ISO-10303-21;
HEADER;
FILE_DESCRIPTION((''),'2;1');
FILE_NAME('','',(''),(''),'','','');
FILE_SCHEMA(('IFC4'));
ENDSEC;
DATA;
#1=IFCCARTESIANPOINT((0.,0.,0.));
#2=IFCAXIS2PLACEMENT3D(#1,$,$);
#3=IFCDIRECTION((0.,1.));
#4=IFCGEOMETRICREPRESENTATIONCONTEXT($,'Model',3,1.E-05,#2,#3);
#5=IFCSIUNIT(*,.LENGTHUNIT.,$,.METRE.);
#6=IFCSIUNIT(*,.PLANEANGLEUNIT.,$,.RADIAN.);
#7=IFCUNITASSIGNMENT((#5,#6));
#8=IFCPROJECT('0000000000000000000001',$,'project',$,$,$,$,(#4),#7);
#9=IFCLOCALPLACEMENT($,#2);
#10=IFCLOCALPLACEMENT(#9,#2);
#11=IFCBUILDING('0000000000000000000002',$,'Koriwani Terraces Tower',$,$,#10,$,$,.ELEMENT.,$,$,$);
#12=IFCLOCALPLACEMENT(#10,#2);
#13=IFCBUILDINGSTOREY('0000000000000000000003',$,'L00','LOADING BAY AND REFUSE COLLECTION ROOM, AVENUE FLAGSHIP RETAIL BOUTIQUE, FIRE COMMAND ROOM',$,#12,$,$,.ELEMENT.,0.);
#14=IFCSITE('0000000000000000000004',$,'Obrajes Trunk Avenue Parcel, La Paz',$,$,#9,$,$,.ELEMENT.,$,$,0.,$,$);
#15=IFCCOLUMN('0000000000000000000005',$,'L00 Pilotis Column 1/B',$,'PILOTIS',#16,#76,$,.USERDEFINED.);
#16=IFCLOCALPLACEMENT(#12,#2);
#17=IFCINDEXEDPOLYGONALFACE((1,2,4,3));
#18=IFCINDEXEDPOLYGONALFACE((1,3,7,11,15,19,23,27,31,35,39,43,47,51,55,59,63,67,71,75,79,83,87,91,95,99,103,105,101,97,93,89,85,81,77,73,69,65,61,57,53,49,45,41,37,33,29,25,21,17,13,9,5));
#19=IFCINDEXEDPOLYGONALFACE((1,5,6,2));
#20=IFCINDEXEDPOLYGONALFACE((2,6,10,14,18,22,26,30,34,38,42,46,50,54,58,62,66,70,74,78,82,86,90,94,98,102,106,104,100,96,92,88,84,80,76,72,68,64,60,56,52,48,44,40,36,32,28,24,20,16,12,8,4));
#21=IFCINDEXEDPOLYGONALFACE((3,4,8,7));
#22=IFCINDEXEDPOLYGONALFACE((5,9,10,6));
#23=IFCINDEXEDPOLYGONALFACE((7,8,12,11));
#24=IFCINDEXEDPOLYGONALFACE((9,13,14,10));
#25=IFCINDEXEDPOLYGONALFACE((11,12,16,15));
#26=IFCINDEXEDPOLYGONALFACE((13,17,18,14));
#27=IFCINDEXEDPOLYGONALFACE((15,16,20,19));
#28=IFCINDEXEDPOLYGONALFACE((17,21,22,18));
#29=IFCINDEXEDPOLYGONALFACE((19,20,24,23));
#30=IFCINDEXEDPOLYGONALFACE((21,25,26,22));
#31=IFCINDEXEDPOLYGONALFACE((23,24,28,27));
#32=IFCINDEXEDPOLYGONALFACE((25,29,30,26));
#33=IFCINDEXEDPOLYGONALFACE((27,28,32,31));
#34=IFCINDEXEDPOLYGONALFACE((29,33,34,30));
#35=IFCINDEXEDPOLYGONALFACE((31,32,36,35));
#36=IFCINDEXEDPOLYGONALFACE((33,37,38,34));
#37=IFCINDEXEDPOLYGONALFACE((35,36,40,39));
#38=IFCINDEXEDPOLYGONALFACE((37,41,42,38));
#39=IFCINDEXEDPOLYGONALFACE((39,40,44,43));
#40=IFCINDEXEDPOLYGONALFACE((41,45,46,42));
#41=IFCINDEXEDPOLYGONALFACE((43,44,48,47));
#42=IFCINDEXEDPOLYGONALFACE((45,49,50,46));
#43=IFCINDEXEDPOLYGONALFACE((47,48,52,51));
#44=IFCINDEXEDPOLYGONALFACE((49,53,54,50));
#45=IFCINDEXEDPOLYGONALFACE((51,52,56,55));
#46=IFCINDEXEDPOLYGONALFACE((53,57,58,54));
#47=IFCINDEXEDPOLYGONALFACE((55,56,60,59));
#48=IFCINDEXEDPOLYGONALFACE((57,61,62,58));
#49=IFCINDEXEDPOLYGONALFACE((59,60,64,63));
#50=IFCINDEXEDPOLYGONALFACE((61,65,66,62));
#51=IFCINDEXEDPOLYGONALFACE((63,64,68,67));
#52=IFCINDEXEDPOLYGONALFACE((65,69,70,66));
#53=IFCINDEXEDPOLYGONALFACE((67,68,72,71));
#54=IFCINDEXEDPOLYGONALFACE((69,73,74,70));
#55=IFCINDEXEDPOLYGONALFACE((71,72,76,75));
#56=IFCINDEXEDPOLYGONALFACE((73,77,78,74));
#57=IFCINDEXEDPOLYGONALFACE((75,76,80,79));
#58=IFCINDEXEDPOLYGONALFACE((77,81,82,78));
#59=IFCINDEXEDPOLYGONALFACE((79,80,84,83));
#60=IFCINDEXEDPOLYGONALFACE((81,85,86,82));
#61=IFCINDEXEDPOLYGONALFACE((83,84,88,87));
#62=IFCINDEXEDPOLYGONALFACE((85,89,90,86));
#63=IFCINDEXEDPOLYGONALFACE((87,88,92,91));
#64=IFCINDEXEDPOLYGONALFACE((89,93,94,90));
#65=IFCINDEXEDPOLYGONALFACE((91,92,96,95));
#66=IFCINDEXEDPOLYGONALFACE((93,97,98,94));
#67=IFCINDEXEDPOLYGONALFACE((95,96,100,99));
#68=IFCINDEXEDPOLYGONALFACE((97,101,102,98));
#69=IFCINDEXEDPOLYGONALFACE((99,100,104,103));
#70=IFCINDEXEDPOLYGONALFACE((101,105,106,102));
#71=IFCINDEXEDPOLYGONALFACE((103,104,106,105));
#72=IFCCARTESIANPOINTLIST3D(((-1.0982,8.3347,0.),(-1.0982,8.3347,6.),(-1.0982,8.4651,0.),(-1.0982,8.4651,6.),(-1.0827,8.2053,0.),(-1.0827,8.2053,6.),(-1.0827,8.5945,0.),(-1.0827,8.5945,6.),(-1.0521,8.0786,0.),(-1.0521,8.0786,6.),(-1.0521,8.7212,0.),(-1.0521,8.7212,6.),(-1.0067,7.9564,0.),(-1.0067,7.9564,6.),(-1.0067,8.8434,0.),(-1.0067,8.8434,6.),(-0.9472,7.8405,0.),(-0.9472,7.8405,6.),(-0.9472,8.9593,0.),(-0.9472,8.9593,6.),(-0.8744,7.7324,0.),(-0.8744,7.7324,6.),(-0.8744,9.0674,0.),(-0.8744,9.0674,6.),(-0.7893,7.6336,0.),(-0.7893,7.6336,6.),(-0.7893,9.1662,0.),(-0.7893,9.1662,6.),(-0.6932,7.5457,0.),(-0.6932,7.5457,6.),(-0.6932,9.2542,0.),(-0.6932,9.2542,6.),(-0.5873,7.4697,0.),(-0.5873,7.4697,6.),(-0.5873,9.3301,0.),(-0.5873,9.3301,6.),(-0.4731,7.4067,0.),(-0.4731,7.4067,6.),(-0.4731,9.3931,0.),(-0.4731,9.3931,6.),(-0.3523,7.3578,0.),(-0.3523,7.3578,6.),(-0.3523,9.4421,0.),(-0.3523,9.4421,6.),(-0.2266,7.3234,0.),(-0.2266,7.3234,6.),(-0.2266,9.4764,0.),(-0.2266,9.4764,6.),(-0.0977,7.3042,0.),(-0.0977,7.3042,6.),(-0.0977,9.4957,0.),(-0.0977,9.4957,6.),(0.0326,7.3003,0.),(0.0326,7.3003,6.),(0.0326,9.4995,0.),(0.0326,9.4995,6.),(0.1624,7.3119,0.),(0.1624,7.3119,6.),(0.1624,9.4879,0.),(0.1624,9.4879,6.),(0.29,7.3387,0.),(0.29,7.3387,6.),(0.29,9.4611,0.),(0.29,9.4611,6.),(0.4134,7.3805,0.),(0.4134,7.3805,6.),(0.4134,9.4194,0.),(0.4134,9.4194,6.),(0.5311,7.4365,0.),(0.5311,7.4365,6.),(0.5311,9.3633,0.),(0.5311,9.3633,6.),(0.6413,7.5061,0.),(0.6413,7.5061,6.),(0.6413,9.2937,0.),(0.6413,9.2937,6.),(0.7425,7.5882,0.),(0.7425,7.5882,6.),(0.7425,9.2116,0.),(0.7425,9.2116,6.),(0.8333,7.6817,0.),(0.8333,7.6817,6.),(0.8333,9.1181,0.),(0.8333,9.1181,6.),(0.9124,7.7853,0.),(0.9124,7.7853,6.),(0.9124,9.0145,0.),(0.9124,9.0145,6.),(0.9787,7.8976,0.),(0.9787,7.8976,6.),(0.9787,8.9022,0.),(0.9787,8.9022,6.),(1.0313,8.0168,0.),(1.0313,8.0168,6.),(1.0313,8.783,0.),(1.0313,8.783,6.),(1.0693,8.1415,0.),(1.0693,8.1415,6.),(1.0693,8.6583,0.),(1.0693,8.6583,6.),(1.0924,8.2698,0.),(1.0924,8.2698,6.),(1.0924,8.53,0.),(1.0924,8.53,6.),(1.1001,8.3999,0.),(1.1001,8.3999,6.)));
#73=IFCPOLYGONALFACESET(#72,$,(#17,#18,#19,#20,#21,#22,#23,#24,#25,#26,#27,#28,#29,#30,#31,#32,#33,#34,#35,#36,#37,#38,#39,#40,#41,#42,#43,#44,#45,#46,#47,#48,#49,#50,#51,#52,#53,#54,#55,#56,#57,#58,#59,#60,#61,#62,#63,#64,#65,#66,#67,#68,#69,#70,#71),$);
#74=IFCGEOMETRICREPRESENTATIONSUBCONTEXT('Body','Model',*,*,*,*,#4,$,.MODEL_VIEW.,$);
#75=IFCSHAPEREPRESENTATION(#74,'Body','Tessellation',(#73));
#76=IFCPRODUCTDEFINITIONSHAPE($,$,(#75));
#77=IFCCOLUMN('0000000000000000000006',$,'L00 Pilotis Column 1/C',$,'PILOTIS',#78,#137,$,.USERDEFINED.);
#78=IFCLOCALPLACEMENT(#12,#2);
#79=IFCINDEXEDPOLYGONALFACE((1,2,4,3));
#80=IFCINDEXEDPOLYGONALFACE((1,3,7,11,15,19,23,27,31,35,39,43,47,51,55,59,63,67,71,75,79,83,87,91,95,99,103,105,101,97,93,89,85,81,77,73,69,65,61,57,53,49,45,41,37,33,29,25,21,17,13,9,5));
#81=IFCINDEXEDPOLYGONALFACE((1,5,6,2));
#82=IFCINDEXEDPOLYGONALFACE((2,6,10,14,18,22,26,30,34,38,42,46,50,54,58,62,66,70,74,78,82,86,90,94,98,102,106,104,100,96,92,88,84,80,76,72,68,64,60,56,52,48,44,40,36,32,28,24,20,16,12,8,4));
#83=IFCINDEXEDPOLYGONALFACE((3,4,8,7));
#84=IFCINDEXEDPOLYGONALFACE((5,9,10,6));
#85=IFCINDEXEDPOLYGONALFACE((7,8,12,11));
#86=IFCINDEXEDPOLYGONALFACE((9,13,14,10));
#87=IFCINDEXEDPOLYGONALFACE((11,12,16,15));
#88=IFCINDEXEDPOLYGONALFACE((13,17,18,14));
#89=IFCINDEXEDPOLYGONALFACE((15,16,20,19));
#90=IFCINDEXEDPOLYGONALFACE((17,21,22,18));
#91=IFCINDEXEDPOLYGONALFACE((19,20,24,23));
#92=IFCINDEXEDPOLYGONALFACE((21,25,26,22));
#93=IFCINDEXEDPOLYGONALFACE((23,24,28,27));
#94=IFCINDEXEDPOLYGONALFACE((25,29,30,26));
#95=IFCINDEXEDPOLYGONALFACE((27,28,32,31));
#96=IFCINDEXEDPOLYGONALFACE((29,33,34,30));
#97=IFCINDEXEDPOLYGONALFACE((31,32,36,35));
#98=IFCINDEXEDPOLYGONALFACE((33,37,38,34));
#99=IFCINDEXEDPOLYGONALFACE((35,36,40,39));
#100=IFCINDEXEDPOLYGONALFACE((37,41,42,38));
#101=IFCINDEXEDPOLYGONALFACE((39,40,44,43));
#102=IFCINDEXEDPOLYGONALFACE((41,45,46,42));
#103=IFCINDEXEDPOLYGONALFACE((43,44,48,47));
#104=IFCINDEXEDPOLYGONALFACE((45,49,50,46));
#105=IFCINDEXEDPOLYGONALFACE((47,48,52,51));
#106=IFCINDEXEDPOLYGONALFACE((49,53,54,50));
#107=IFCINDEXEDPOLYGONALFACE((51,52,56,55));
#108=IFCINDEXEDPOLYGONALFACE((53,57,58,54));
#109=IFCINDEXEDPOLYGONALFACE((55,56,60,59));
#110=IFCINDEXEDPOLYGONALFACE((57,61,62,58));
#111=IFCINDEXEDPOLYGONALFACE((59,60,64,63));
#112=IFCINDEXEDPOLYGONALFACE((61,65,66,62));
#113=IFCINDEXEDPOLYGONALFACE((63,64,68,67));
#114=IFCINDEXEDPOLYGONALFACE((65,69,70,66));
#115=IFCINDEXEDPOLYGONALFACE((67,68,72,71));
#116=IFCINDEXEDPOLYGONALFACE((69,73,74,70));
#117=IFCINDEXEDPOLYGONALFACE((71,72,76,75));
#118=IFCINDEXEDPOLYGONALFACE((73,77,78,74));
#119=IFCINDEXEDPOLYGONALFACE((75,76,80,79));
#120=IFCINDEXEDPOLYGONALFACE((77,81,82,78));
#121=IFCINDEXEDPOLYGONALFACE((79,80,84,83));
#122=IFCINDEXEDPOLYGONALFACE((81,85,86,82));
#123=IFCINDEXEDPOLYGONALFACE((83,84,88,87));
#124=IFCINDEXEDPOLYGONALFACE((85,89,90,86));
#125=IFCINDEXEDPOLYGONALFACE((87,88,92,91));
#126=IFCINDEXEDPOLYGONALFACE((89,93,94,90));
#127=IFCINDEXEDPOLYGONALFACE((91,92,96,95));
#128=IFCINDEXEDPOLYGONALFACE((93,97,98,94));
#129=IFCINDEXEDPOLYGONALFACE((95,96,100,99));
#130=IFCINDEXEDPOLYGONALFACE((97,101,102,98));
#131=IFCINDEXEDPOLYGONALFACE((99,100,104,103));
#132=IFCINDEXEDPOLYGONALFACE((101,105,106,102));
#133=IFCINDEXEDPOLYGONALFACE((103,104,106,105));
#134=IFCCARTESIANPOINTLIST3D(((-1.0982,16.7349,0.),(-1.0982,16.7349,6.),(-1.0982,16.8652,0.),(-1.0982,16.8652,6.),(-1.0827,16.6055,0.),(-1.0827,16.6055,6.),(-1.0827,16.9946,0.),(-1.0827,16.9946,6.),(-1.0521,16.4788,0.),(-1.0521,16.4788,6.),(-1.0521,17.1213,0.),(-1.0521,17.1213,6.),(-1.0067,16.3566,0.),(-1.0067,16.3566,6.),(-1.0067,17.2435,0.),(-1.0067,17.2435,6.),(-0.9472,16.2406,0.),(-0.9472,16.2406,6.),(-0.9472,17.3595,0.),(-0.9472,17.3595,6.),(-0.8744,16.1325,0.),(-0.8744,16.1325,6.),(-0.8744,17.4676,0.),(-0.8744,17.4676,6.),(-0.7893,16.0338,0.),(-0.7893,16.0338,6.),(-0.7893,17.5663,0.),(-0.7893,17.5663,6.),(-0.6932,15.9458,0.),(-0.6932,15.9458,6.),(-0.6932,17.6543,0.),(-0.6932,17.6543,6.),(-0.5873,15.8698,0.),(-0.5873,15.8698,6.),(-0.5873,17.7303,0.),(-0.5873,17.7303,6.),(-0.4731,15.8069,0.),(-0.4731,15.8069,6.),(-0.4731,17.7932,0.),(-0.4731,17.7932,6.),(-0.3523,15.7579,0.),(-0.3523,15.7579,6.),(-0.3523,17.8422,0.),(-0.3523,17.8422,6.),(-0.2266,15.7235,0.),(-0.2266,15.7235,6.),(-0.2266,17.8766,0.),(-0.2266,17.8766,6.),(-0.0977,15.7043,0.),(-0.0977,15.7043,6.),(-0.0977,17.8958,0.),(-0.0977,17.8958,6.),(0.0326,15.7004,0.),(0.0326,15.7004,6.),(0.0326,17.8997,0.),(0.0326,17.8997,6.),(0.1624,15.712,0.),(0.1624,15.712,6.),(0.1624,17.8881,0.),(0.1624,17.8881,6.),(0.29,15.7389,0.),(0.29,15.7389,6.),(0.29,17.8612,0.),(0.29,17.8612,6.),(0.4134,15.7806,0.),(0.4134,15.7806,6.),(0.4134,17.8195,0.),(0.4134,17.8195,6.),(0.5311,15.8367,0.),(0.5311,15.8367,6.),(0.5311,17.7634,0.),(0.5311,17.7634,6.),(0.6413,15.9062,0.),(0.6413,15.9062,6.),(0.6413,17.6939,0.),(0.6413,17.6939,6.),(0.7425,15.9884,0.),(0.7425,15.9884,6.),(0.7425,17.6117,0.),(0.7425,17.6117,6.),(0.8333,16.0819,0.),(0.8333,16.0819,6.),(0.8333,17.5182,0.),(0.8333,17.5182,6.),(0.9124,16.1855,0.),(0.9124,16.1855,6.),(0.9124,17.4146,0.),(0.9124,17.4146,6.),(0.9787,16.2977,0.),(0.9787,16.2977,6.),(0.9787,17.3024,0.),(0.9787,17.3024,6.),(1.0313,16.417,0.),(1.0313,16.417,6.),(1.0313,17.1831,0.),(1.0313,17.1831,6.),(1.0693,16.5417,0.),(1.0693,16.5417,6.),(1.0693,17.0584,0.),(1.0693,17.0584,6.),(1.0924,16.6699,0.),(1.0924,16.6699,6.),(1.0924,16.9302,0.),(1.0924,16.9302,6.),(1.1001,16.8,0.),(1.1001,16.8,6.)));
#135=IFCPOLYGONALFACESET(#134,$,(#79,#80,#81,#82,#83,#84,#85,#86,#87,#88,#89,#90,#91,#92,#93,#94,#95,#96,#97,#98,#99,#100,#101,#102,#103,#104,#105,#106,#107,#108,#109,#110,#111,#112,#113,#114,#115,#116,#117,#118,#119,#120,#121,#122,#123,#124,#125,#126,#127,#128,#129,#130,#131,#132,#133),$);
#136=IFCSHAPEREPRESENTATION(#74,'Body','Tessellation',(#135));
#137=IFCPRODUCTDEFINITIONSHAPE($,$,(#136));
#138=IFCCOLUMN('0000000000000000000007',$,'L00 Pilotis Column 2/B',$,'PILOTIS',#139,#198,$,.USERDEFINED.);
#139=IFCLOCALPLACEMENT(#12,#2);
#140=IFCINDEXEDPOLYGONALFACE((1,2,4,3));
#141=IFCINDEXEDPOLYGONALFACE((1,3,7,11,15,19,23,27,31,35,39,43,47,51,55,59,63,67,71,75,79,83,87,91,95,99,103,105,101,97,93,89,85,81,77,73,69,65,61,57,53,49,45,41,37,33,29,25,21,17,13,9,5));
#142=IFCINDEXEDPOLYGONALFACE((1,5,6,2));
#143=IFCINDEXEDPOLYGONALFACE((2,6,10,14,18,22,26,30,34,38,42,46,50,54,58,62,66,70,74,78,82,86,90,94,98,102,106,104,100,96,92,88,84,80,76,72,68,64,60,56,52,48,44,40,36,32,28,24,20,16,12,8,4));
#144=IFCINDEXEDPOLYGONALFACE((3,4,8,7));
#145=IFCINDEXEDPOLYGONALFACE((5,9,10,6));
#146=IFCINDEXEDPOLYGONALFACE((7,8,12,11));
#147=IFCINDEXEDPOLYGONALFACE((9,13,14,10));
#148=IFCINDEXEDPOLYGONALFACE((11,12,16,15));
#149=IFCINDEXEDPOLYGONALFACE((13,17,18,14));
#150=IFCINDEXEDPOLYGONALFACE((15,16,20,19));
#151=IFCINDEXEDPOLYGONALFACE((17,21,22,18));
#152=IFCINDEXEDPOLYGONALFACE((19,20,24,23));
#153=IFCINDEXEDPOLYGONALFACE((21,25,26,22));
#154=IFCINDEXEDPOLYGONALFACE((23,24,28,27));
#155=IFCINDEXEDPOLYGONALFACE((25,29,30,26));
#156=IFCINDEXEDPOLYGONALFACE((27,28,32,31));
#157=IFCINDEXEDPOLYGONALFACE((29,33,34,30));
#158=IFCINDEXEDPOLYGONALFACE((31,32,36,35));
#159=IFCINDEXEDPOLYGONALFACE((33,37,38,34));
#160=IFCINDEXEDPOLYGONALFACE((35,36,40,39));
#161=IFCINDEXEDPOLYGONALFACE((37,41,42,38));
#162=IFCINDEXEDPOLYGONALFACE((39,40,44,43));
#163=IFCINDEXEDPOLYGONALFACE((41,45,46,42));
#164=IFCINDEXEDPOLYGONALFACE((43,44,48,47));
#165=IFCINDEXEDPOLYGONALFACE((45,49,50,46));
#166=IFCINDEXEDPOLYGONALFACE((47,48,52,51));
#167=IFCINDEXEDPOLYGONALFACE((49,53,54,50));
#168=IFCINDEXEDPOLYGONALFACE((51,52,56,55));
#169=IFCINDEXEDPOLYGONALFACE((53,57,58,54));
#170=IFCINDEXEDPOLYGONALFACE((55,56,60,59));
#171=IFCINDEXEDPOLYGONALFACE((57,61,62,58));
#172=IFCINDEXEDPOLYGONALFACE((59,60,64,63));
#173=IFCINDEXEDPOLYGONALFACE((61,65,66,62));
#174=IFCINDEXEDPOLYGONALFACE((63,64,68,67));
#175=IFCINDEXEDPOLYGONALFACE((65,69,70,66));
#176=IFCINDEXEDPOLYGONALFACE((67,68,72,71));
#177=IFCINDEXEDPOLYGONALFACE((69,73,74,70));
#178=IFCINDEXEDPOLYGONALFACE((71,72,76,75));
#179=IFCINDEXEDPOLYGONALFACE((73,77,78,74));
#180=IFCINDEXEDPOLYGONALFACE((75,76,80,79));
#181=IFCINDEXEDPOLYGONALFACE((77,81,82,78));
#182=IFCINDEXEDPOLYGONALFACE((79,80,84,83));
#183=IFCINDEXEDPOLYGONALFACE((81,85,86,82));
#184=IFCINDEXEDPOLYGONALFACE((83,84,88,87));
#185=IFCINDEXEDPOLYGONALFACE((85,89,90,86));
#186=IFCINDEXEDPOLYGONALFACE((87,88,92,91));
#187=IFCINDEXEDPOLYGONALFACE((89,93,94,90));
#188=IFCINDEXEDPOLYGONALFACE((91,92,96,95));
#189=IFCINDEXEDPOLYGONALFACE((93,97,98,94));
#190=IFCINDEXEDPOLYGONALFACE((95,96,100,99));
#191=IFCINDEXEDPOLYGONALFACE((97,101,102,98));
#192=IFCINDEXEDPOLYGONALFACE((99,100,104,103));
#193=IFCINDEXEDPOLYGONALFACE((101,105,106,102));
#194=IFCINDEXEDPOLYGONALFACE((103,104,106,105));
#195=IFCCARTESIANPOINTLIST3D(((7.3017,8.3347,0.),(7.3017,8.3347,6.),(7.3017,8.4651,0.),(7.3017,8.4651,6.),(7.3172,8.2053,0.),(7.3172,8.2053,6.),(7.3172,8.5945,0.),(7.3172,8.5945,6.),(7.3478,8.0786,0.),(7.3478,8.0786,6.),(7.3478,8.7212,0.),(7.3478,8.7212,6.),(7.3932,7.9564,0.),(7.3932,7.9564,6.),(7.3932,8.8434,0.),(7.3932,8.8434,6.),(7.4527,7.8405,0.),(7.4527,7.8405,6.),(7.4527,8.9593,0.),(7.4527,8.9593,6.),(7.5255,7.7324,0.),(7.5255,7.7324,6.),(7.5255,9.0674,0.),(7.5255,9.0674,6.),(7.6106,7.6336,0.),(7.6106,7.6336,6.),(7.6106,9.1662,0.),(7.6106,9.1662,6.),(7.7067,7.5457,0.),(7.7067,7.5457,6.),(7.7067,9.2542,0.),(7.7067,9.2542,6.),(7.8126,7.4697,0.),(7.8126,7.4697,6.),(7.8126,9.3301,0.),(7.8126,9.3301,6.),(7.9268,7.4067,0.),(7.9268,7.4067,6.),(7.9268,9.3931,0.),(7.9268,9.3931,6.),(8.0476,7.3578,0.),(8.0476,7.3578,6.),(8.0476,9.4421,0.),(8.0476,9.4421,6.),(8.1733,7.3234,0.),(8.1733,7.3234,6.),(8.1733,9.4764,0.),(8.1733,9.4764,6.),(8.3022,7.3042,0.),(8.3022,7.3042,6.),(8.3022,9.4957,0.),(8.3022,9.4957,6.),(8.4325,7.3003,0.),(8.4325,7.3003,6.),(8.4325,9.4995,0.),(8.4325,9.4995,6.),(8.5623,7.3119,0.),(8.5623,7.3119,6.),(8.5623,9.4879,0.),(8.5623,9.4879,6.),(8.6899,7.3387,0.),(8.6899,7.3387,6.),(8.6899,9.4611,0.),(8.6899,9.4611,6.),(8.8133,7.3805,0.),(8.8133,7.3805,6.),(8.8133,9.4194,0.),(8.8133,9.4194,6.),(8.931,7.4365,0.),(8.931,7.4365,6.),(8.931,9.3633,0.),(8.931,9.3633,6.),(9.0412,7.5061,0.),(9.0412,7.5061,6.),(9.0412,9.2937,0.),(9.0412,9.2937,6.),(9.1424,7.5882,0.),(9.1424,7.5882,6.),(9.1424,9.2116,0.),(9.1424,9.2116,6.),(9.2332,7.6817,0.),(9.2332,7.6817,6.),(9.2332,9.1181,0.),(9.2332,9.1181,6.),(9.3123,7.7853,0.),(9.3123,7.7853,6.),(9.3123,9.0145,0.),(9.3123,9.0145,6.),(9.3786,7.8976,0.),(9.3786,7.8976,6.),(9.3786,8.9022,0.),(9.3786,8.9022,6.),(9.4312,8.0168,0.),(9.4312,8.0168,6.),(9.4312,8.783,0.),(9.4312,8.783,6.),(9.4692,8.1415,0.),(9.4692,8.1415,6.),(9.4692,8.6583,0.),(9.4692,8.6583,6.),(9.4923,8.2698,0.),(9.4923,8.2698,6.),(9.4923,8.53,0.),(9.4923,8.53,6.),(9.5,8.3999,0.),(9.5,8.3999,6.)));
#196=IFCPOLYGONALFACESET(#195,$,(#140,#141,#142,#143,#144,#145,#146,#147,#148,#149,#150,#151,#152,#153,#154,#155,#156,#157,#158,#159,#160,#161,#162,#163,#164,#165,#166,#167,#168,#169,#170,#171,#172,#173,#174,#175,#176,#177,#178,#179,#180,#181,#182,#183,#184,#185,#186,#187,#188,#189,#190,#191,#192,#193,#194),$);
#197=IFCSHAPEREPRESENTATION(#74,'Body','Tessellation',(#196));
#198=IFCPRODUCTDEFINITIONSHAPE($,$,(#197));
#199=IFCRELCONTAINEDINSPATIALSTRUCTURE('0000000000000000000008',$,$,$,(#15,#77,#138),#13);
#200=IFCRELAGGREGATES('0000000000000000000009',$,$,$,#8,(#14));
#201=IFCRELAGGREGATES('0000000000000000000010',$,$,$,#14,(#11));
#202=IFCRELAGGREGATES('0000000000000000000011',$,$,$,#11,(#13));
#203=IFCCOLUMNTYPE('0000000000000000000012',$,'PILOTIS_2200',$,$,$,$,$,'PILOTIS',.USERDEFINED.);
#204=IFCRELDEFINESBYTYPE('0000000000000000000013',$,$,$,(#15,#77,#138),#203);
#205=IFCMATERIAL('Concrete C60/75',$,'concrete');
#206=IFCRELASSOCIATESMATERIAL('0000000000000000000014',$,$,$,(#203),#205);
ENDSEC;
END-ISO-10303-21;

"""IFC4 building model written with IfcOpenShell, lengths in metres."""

from ifc_helpers import new_model, si_unit, direction, frame, origin, origin_2d, place, context, subcontext, project, spatial, circle, extrude, material, material_profile, profile_set, type_object, element, save


model = new_model("IFC4")

# Units and contexts
model_context = context("Model", 3, precision=1e-05, world=origin(), true_north=direction((0.0, 1.0)))
body_context = subcontext(model_context, "Body", "Model", "MODEL_VIEW")
ifc_project = project(units=[si_unit("LENGTHUNIT", "METRE"), si_unit("PLANEANGLEUNIT", "RADIAN")], contexts=[model_context])

# Site, building, storey
site_placement = place(None, origin())
site = spatial("IfcSite", under=ifc_project, at=site_placement, Name="Obrajes Trunk Avenue Parcel, La Paz", CompositionType="ELEMENT", RefElevation=0.0)
building_placement = place(site_placement, origin())
building = spatial("IfcBuilding", under=site, at=building_placement, Name="Koriwani Terraces Tower", CompositionType="ELEMENT")
storey_placement = place(building_placement, origin())
storey = spatial("IfcBuildingStorey", under=building, at=storey_placement, Name="L00", Description="LOADING BAY AND REFUSE COLLECTION ROOM, AVENUE FLAGSHIP RETAIL BOUTIQUE, FIRE COMMAND ROOM", CompositionType="ELEMENT", Elevation=0.0)

# Columns
ifc_material_1 = material(Name="Concrete C60/75", Category="concrete")
ifc_material_profile_1 = material_profile(ifc_material_1, circle(Radius=1.1001, at=origin_2d()), Name="Concrete C60/75", Category="LoadBearing")
ifc_profile_set_1 = profile_set([ifc_material_profile_1], Name="Concrete C60/75")
column_type = type_object("IfcColumnType", Name="PILOTIS_2200", ElementType="PILOTIS", PredefinedType="USERDEFINED", material=ifc_profile_set_1)
for number, where, z_axis, x_axis, name in (
    (1, (0.0, 8.3999, 0.0), (0.0, 0.0, 1.0), (1.0, 0.0, 0.0), "L00 Pilotis Column 1/B"),
    (2, (0.0, 16.8, 0.0), (0.0, 0.0, 1.0), (1.0, 0.0, 0.0), "L00 Pilotis Column 1/C"),
    (3, (8.3999, 8.3999, 0.0), (0.0, 0.0, 1.0), (1.0, 0.0, 0.0), "L00 Pilotis Column 2/B"),
):
    element("IfcColumn", number, at=place(storey_placement, frame(where, z_axis=z_axis, x_axis=x_axis)), inside=storey, type_object=column_type, Name=name, ObjectType="PILOTIS", PredefinedType="USERDEFINED", context=body_context, shape_type="SweptSolid", body=[
        extrude(circle(Radius=1.1001, at=origin_2d()), origin(), (0.0, 0.0, 1.0), 6.0),
    ])

save(model, "model.ifc")
